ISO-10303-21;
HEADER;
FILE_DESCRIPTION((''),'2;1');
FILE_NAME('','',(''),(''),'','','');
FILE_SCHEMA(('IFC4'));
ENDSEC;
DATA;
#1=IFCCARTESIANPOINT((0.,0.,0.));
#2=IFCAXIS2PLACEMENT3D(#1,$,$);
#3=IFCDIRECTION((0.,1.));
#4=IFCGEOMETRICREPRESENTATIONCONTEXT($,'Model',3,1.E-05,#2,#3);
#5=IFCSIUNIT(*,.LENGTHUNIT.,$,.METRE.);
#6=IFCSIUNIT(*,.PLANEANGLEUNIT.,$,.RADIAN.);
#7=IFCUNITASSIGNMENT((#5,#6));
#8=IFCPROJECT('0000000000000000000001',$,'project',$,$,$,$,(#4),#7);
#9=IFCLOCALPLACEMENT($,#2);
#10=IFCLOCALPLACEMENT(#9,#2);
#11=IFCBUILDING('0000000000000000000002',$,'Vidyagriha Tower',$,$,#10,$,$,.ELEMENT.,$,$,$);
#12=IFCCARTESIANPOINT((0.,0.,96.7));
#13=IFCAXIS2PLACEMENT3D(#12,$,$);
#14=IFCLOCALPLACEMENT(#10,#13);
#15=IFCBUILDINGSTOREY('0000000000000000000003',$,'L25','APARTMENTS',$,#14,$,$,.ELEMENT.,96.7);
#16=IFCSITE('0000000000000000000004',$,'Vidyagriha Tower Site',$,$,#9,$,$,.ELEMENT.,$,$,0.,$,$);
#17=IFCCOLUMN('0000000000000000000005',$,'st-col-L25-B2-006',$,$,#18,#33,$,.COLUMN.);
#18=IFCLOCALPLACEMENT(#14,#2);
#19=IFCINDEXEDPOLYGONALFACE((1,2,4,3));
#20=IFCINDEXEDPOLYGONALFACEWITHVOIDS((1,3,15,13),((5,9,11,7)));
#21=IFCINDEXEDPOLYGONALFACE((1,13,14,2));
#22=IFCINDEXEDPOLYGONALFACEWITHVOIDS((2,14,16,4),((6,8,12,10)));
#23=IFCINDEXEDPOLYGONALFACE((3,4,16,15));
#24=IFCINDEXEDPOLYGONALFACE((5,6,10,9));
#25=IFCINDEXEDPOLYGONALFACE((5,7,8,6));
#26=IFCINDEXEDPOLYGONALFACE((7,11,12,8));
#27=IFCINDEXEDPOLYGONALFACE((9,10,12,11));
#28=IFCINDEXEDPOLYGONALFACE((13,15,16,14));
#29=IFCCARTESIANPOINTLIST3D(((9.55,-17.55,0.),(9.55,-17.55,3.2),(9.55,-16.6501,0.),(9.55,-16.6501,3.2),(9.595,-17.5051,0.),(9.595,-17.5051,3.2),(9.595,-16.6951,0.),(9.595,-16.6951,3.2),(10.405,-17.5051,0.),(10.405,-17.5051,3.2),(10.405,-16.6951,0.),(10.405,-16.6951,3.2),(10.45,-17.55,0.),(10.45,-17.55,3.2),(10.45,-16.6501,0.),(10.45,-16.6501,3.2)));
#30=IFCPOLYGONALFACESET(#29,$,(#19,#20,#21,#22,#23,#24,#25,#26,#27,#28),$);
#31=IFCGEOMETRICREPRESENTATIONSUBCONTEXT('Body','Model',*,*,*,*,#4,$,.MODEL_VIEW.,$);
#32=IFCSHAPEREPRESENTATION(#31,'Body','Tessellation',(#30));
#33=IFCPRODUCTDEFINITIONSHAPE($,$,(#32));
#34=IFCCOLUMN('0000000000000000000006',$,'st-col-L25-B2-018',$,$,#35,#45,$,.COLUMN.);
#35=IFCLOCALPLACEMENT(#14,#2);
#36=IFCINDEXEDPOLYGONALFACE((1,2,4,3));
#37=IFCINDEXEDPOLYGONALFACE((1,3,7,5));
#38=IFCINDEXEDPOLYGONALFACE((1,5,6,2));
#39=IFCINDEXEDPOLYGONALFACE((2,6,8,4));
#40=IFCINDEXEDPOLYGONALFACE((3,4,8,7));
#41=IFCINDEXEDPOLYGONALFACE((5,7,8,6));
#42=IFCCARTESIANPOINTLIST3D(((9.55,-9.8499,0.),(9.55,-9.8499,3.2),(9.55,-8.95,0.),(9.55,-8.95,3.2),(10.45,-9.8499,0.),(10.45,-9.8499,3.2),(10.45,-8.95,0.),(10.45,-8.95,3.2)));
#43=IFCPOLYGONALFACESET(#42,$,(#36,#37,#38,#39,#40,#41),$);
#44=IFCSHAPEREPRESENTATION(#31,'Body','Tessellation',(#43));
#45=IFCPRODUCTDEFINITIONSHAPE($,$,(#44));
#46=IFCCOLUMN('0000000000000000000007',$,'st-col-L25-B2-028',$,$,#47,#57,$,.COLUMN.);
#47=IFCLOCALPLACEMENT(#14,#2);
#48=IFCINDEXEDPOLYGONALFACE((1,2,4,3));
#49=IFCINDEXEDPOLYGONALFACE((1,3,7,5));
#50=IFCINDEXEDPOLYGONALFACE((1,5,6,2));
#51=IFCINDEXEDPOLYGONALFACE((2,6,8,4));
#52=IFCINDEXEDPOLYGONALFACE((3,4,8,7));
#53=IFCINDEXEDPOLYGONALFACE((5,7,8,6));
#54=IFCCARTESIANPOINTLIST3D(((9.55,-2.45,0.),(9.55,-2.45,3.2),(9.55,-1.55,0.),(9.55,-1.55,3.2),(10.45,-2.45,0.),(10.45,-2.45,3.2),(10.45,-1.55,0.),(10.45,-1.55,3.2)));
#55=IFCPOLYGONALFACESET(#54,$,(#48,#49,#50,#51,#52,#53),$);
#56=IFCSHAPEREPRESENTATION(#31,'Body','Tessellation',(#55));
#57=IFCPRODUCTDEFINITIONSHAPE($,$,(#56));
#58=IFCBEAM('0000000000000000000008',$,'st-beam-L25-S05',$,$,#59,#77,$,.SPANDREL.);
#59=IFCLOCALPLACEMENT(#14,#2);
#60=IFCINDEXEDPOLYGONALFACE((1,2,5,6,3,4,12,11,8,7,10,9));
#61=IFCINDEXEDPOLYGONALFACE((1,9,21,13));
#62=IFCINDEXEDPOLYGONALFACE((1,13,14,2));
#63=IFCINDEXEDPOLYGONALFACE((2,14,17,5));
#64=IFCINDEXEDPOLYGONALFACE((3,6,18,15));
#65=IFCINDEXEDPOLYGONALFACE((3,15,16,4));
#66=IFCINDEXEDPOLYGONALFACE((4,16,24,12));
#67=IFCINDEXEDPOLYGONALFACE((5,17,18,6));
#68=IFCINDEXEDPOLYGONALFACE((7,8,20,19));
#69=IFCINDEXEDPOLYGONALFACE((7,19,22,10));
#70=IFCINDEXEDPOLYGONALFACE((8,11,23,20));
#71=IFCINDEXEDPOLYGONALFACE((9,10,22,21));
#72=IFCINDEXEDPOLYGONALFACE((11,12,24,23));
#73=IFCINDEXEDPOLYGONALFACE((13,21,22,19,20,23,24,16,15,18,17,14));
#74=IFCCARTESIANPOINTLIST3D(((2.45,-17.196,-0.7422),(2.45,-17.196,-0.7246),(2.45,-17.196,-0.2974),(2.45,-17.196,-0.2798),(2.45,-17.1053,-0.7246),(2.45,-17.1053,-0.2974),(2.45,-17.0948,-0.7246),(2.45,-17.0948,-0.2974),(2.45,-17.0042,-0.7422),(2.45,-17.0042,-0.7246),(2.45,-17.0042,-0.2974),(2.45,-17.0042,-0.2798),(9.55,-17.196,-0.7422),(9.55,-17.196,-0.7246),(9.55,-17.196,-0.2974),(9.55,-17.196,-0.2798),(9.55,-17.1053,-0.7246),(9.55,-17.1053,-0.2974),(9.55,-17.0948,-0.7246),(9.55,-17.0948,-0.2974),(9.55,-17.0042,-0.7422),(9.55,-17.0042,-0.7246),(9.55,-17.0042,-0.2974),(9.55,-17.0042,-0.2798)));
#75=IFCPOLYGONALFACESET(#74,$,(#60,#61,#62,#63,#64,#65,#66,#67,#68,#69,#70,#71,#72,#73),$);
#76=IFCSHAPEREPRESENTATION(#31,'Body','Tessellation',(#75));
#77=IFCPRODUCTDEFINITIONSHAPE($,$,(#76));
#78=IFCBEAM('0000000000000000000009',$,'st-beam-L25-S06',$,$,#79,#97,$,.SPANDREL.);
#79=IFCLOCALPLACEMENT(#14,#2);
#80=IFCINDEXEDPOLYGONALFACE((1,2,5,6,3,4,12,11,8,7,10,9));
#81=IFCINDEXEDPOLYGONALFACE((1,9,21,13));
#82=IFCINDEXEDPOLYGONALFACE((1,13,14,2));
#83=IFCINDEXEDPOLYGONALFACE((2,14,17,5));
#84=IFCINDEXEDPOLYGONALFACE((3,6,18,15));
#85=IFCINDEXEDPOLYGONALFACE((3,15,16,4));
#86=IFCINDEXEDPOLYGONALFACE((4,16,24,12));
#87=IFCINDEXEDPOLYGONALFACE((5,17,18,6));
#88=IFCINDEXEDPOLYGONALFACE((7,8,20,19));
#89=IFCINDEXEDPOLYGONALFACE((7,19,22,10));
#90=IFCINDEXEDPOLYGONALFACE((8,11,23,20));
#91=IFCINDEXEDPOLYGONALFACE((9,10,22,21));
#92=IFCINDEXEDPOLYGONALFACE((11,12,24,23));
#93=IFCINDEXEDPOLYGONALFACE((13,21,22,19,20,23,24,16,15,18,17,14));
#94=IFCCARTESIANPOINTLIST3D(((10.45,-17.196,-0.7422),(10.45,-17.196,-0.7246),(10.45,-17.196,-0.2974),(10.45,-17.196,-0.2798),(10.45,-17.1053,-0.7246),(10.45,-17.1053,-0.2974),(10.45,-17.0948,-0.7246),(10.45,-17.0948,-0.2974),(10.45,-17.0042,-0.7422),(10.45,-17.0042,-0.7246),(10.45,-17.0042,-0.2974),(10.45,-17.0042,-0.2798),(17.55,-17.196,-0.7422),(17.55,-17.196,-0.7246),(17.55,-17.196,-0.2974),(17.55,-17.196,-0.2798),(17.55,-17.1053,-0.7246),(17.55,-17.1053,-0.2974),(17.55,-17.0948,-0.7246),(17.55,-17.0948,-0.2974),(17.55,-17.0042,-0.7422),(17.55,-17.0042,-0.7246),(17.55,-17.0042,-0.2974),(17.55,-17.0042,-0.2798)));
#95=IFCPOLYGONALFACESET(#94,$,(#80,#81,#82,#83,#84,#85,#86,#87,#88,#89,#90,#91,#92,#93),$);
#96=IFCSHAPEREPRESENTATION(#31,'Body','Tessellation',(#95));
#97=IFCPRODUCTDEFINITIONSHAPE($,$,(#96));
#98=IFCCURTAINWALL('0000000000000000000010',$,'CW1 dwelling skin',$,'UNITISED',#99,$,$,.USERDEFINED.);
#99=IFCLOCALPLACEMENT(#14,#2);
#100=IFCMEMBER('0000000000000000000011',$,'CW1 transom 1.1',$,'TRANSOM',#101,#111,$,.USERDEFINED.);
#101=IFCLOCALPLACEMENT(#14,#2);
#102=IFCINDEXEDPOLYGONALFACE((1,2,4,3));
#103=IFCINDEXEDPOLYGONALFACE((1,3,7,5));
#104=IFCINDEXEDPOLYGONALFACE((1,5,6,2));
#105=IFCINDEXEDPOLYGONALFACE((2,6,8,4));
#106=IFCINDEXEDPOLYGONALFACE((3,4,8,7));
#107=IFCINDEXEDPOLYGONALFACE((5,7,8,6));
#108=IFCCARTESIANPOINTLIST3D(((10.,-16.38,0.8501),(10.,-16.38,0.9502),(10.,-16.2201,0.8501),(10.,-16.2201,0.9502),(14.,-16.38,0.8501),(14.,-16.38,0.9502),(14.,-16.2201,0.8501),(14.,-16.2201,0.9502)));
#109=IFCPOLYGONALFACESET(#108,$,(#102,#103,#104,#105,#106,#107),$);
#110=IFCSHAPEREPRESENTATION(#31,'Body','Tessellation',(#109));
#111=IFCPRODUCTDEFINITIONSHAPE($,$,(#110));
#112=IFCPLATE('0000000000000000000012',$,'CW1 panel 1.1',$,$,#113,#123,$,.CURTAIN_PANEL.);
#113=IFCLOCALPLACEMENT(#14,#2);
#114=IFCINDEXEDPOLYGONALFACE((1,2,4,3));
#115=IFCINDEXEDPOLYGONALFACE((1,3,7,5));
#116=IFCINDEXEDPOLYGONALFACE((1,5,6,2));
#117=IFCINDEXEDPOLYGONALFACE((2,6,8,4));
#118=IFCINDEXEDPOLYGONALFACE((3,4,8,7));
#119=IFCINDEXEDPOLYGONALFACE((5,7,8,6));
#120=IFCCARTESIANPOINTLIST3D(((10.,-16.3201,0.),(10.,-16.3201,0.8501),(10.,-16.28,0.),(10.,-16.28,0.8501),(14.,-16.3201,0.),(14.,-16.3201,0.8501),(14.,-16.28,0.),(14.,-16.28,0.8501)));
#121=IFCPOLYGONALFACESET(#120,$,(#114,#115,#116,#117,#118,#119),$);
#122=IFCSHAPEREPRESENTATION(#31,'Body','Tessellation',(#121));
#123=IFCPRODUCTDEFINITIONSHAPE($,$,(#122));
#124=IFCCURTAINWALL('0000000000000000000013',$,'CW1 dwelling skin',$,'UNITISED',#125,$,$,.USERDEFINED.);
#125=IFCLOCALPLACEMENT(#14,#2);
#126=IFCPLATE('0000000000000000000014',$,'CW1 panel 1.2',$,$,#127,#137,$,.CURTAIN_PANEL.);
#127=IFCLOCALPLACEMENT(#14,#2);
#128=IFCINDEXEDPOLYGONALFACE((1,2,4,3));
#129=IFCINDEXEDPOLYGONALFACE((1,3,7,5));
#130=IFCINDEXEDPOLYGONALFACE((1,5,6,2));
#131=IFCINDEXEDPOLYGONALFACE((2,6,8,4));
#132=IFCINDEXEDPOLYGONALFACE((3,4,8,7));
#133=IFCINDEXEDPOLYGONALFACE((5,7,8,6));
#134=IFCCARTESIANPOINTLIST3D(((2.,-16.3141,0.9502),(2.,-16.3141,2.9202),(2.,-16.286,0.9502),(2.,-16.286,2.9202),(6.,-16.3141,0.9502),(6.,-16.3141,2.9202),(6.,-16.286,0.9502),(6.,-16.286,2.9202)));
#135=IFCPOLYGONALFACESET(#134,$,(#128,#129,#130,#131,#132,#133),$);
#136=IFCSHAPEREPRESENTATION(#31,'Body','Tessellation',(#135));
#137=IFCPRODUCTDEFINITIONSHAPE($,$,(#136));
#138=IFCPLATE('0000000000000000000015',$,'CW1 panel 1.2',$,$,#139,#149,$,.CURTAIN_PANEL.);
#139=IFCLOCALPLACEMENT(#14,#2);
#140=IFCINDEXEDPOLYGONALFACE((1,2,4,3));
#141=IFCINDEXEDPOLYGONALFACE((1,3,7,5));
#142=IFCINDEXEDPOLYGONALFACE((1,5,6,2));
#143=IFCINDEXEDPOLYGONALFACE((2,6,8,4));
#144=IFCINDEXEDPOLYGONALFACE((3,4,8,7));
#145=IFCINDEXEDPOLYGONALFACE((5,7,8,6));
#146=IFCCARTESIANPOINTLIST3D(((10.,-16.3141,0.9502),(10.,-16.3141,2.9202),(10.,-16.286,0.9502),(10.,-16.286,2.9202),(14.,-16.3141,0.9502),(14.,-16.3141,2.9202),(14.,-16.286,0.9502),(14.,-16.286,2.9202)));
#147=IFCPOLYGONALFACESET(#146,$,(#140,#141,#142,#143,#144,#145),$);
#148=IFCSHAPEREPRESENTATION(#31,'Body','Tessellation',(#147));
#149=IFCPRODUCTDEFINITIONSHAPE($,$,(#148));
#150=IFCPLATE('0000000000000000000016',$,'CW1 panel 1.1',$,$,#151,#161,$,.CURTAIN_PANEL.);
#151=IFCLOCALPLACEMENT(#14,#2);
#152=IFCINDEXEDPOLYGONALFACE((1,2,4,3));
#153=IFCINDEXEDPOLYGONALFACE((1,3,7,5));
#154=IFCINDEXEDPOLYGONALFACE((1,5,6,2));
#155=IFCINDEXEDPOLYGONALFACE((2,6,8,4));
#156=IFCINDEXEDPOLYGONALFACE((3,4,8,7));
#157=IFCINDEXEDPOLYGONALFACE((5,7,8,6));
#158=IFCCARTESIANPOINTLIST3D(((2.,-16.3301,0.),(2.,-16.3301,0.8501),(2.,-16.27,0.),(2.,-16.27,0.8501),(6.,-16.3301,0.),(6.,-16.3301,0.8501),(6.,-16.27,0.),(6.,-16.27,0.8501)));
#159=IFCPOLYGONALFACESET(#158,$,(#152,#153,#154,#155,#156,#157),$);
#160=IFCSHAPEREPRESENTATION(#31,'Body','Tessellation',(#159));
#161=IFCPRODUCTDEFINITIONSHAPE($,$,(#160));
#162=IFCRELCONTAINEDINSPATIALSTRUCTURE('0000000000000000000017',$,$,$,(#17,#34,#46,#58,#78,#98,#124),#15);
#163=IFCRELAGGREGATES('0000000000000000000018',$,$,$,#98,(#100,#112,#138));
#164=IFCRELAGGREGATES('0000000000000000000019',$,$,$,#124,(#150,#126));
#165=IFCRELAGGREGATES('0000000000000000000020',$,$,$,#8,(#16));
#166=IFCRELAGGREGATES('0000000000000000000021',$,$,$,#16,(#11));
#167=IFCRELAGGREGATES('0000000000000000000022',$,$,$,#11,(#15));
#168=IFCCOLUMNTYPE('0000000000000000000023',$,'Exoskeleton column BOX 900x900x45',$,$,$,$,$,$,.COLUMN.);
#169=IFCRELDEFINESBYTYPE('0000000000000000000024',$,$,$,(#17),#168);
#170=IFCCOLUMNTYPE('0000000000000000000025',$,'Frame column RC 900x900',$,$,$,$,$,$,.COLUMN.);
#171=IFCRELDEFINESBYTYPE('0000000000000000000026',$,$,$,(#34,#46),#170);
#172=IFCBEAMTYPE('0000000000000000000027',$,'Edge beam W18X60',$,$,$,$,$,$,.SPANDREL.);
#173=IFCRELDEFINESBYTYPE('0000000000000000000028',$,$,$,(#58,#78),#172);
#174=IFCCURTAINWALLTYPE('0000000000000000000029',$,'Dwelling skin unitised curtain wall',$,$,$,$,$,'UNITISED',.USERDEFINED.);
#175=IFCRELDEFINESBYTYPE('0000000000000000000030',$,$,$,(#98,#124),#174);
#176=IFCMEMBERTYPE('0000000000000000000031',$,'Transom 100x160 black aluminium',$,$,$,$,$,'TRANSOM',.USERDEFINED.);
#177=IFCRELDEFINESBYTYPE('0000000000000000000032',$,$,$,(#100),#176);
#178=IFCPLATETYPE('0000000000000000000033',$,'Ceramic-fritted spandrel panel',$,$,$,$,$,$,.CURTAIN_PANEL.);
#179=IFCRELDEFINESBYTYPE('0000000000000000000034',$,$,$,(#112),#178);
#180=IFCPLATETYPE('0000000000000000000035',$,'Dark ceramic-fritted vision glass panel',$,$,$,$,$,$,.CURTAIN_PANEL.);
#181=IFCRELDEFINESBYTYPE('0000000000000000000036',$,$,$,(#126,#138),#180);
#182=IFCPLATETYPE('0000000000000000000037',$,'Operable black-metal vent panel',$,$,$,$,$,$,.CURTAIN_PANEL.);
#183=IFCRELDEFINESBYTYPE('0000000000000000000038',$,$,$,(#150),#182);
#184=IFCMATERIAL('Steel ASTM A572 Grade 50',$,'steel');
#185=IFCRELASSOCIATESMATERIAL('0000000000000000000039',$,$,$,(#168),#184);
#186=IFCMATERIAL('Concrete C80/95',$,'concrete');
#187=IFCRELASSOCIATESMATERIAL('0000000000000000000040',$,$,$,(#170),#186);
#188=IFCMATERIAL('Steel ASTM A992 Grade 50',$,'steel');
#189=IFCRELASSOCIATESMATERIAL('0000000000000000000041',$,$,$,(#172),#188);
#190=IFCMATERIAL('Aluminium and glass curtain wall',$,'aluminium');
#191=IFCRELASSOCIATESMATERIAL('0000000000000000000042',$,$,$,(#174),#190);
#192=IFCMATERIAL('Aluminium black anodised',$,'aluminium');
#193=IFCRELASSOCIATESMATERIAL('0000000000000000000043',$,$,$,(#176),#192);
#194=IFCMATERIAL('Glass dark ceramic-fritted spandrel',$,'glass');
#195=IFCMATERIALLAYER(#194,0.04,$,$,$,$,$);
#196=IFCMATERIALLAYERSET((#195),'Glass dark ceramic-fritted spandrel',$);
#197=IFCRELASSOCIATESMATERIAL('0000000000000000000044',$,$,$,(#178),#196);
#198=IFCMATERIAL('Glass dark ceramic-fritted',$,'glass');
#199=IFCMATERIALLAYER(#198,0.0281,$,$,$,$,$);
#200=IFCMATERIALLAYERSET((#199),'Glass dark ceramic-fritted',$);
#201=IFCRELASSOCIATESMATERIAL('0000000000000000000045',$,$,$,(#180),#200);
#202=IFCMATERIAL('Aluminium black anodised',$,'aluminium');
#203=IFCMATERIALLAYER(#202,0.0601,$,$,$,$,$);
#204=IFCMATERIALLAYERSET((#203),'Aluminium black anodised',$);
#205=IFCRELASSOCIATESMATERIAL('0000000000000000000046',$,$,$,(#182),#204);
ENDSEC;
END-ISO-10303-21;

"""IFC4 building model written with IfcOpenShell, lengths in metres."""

from ifc_helpers import new_model, si_unit, direction, frame, origin, origin_2d, place, context, subcontext, project, spatial, rectangle, hollow_rectangle, i_section, extrude, material, layer, layer_set, material_profile, profile_set, type_object, element, aggregate, save


model = new_model("IFC4")

# Units and contexts
model_context = context("Model", 3, precision=1e-05, world=origin(), true_north=direction((0.0, 1.0)))
body_context = subcontext(model_context, "Body", "Model", "MODEL_VIEW")
ifc_project = project(units=[si_unit("LENGTHUNIT", "METRE"), si_unit("PLANEANGLEUNIT", "RADIAN")], contexts=[model_context])

# Site, building, storey
site_placement = place(None, origin())
site = spatial("IfcSite", under=ifc_project, at=site_placement, Name="Vidyagriha Tower Site", CompositionType="ELEMENT", RefElevation=0.0)
building_placement = place(site_placement, origin())
building = spatial("IfcBuilding", under=site, at=building_placement, Name="Vidyagriha Tower", CompositionType="ELEMENT")
storey_placement = place(building_placement, frame((0.0, 0.0, 96.7)))
storey = spatial("IfcBuildingStorey", under=building, at=storey_placement, Name="L25", Description="APARTMENTS", CompositionType="ELEMENT", Elevation=96.7)

# Columns
ifc_material_1 = material(Name="Steel ASTM A572 Grade 50", Category="steel")
ifc_material_profile_1 = material_profile(ifc_material_1, hollow_rectangle(XDim=0.8999, YDim=0.8999, WallThickness=0.0449, at=origin_2d()), Name="BOX 900x900x45")
ifc_profile_set_1 = profile_set([ifc_material_profile_1], Name="Steel ASTM A572 Grade 50")
column_type_1 = type_object("IfcColumnType", Name="Exoskeleton column BOX 900x900x45", PredefinedType="COLUMN", material=ifc_profile_set_1)
column_placement = place(storey_placement, frame((10.0, -17.1001, 0.0)))
element("IfcColumn", 1, at=column_placement, inside=storey, type_object=column_type_1, Name="st-col-L25-B2-006", PredefinedType="COLUMN", context=body_context, shape_type="SweptSolid", body=[
    extrude(hollow_rectangle(XDim=0.8999, YDim=0.8999, WallThickness=0.0449, at=origin_2d()), origin(), (0.0, 0.0, 1.0), 3.2),
])
ifc_material_2 = material(Name="Concrete C80/95", Category="concrete")
ifc_material_profile_2 = material_profile(ifc_material_2, rectangle(XDim=0.8999, YDim=0.8999, at=origin_2d()), Name="RC 900x900")
ifc_profile_set_2 = profile_set([ifc_material_profile_2], Name="Concrete C80/95")
column_type_2 = type_object("IfcColumnType", Name="Frame column RC 900x900", PredefinedType="COLUMN", material=ifc_profile_set_2)
for number, where, name in (
    (2, (10.0, -9.3999, 0.0), "st-col-L25-B2-018"),
    (3, (10.0, -2.0, 0.0), "st-col-L25-B2-028"),
):
    element("IfcColumn", number, at=place(storey_placement, frame(where)), inside=storey, type_object=column_type_2, Name=name, PredefinedType="COLUMN", context=body_context, shape_type="SweptSolid", body=[
        extrude(rectangle(XDim=0.8999, YDim=0.8999, at=origin_2d()), origin(), (0.0, 0.0, 1.0), 3.2),
    ])

# Beams
ifc_material_3 = material(Name="Steel ASTM A992 Grade 50", Category="steel")
ifc_material_profile_3 = material_profile(ifc_material_3, i_section(OverallWidth=0.1919, OverallDepth=0.4624, WebThickness=0.0105, FlangeThickness=0.0176, at=origin_2d()), Name="W18X60")
ifc_profile_set_3 = profile_set([ifc_material_profile_3], Name="Steel ASTM A992 Grade 50")
beam_type = type_object("IfcBeamType", Name="Edge beam W18X60", PredefinedType="SPANDREL", material=ifc_profile_set_3)
for number, where, z_axis, x_axis, name in (
    (4, (2.45, -17.1001, -0.511), (1.0, 0.0, 0.0), (0.0, 1.0, 0.0), "st-beam-L25-S05"),
    (5, (10.45, -17.1001, -0.511), (1.0, 0.0, 0.0), (0.0, 1.0, 0.0), "st-beam-L25-S06"),
):
    element("IfcBeam", number, at=place(storey_placement, frame(where, z_axis=z_axis, x_axis=x_axis)), inside=storey, type_object=beam_type, Name=name, PredefinedType="SPANDREL", context=body_context, shape_type="SweptSolid", body=[
        extrude(i_section(OverallWidth=0.1919, OverallDepth=0.4624, WebThickness=0.0105, FlangeThickness=0.0176, at=origin_2d()), origin(), (0.0, 0.0, 1.0), 7.1001),
    ])

# Curtain wall, member, plate
ifc_material_4 = material(Name="Aluminium and glass curtain wall", Category="aluminium")
curtain_wall_type = type_object("IfcCurtainWallType", Name="Dwelling skin unitised curtain wall", ElementType="UNITISED", PredefinedType="USERDEFINED", material=ifc_material_4)
curtain_wall_1_placement = place(storey_placement, origin())
curtain_wall_1 = element("IfcCurtainWall", 6, at=curtain_wall_1_placement, inside=storey, type_object=curtain_wall_type, Name="CW1 dwelling skin", ObjectType="UNITISED", PredefinedType="USERDEFINED")
ifc_material_5 = material(Name="Aluminium black anodised", Category="aluminium")
ifc_material_profile_4 = material_profile(ifc_material_5, rectangle(XDim=0.1599, YDim=0.1001, at=origin_2d()), Name="Transom 100x160 black aluminium")
ifc_profile_set_4 = profile_set([ifc_material_profile_4], Name="Aluminium black anodised")
member_type = type_object("IfcMemberType", Name="Transom 100x160 black aluminium", ElementType="TRANSOM", PredefinedType="USERDEFINED", material=ifc_profile_set_4)
member_placement = place(storey_placement, frame((10.0, -16.3, 0.9001), z_axis=(1.0, 0.0, 0.0), x_axis=(0.0, 1.0, 0.0)))
member = element("IfcMember", 7, at=member_placement, type_object=member_type, Name="CW1 transom 1.1", ObjectType="TRANSOM", PredefinedType="USERDEFINED", context=body_context, shape_type="SweptSolid", body=[
    extrude(rectangle(XDim=0.1599, YDim=0.1001, at=origin_2d()), origin(), (0.0, 0.0, 1.0), 4.0),
])
ifc_material_6 = material(Name="Glass dark ceramic-fritted spandrel", Category="glass")
ifc_layer_1 = layer(ifc_material_6, 0.04)
ifc_layer_set_1 = layer_set([ifc_layer_1], Name="Glass dark ceramic-fritted spandrel")
plate_type_1 = type_object("IfcPlateType", Name="Ceramic-fritted spandrel panel", PredefinedType="CURTAIN_PANEL", material=ifc_layer_set_1)
plate_1_placement = place(storey_placement, frame((12.0, -16.3, 0.0)))
plate_1 = element("IfcPlate", 8, at=plate_1_placement, type_object=plate_type_1, Name="CW1 panel 1.1", PredefinedType="CURTAIN_PANEL", context=body_context, shape_type="SweptSolid", body=[
    extrude(rectangle(XDim=4.0, YDim=0.04, at=origin_2d()), origin(), (0.0, 0.0, 1.0), 0.8501),
])

# Curtain wall, plate
curtain_wall_2_placement = place(storey_placement, origin())
curtain_wall_2 = element("IfcCurtainWall", 9, at=curtain_wall_2_placement, inside=storey, type_object=curtain_wall_type, Name="CW1 dwelling skin", ObjectType="UNITISED", PredefinedType="USERDEFINED")
ifc_material_7 = material(Name="Glass dark ceramic-fritted", Category="glass")
ifc_layer_2 = layer(ifc_material_7, 0.0281)
ifc_layer_set_2 = layer_set([ifc_layer_2], Name="Glass dark ceramic-fritted")
plate_type_2 = type_object("IfcPlateType", Name="Dark ceramic-fritted vision glass panel", PredefinedType="CURTAIN_PANEL", material=ifc_layer_set_2)
plate_2_placement = place(storey_placement, frame((4.0, -16.3, 0.9502)))
plate_2 = element("IfcPlate", 10, at=plate_2_placement, type_object=plate_type_2, Name="CW1 panel 1.2", PredefinedType="CURTAIN_PANEL", context=body_context, shape_type="SweptSolid", body=[
    extrude(rectangle(XDim=4.0, YDim=0.0281, at=origin_2d()), origin(), (0.0, 0.0, 1.0), 1.97),
])

# Plates
plate_3_placement = place(storey_placement, frame((12.0, -16.3, 0.9502)))
plate_3 = element("IfcPlate", 11, at=plate_3_placement, type_object=plate_type_2, Name="CW1 panel 1.2", PredefinedType="CURTAIN_PANEL", context=body_context, shape_type="SweptSolid", body=[
    extrude(rectangle(XDim=4.0, YDim=0.0281, at=origin_2d()), origin(), (0.0, 0.0, 1.0), 1.97),
])
aggregate(curtain_wall_1, [member, plate_1, plate_3])
ifc_material_8 = material(Name="Aluminium black anodised", Category="aluminium")
ifc_layer_3 = layer(ifc_material_8, 0.0601)
ifc_layer_set_3 = layer_set([ifc_layer_3], Name="Aluminium black anodised")
plate_type_3 = type_object("IfcPlateType", Name="Operable black-metal vent panel", PredefinedType="CURTAIN_PANEL", material=ifc_layer_set_3)
plate_4_placement = place(storey_placement, frame((4.0, -16.3, 0.0)))
plate_4 = element("IfcPlate", 12, at=plate_4_placement, type_object=plate_type_3, Name="CW1 panel 1.1", PredefinedType="CURTAIN_PANEL", context=body_context, shape_type="SweptSolid", body=[
    extrude(rectangle(XDim=4.0, YDim=0.0601, at=origin_2d()), origin(), (0.0, 0.0, 1.0), 0.8501),
])
aggregate(curtain_wall_2, [plate_4, plate_2])

save(model, "model.ifc")
